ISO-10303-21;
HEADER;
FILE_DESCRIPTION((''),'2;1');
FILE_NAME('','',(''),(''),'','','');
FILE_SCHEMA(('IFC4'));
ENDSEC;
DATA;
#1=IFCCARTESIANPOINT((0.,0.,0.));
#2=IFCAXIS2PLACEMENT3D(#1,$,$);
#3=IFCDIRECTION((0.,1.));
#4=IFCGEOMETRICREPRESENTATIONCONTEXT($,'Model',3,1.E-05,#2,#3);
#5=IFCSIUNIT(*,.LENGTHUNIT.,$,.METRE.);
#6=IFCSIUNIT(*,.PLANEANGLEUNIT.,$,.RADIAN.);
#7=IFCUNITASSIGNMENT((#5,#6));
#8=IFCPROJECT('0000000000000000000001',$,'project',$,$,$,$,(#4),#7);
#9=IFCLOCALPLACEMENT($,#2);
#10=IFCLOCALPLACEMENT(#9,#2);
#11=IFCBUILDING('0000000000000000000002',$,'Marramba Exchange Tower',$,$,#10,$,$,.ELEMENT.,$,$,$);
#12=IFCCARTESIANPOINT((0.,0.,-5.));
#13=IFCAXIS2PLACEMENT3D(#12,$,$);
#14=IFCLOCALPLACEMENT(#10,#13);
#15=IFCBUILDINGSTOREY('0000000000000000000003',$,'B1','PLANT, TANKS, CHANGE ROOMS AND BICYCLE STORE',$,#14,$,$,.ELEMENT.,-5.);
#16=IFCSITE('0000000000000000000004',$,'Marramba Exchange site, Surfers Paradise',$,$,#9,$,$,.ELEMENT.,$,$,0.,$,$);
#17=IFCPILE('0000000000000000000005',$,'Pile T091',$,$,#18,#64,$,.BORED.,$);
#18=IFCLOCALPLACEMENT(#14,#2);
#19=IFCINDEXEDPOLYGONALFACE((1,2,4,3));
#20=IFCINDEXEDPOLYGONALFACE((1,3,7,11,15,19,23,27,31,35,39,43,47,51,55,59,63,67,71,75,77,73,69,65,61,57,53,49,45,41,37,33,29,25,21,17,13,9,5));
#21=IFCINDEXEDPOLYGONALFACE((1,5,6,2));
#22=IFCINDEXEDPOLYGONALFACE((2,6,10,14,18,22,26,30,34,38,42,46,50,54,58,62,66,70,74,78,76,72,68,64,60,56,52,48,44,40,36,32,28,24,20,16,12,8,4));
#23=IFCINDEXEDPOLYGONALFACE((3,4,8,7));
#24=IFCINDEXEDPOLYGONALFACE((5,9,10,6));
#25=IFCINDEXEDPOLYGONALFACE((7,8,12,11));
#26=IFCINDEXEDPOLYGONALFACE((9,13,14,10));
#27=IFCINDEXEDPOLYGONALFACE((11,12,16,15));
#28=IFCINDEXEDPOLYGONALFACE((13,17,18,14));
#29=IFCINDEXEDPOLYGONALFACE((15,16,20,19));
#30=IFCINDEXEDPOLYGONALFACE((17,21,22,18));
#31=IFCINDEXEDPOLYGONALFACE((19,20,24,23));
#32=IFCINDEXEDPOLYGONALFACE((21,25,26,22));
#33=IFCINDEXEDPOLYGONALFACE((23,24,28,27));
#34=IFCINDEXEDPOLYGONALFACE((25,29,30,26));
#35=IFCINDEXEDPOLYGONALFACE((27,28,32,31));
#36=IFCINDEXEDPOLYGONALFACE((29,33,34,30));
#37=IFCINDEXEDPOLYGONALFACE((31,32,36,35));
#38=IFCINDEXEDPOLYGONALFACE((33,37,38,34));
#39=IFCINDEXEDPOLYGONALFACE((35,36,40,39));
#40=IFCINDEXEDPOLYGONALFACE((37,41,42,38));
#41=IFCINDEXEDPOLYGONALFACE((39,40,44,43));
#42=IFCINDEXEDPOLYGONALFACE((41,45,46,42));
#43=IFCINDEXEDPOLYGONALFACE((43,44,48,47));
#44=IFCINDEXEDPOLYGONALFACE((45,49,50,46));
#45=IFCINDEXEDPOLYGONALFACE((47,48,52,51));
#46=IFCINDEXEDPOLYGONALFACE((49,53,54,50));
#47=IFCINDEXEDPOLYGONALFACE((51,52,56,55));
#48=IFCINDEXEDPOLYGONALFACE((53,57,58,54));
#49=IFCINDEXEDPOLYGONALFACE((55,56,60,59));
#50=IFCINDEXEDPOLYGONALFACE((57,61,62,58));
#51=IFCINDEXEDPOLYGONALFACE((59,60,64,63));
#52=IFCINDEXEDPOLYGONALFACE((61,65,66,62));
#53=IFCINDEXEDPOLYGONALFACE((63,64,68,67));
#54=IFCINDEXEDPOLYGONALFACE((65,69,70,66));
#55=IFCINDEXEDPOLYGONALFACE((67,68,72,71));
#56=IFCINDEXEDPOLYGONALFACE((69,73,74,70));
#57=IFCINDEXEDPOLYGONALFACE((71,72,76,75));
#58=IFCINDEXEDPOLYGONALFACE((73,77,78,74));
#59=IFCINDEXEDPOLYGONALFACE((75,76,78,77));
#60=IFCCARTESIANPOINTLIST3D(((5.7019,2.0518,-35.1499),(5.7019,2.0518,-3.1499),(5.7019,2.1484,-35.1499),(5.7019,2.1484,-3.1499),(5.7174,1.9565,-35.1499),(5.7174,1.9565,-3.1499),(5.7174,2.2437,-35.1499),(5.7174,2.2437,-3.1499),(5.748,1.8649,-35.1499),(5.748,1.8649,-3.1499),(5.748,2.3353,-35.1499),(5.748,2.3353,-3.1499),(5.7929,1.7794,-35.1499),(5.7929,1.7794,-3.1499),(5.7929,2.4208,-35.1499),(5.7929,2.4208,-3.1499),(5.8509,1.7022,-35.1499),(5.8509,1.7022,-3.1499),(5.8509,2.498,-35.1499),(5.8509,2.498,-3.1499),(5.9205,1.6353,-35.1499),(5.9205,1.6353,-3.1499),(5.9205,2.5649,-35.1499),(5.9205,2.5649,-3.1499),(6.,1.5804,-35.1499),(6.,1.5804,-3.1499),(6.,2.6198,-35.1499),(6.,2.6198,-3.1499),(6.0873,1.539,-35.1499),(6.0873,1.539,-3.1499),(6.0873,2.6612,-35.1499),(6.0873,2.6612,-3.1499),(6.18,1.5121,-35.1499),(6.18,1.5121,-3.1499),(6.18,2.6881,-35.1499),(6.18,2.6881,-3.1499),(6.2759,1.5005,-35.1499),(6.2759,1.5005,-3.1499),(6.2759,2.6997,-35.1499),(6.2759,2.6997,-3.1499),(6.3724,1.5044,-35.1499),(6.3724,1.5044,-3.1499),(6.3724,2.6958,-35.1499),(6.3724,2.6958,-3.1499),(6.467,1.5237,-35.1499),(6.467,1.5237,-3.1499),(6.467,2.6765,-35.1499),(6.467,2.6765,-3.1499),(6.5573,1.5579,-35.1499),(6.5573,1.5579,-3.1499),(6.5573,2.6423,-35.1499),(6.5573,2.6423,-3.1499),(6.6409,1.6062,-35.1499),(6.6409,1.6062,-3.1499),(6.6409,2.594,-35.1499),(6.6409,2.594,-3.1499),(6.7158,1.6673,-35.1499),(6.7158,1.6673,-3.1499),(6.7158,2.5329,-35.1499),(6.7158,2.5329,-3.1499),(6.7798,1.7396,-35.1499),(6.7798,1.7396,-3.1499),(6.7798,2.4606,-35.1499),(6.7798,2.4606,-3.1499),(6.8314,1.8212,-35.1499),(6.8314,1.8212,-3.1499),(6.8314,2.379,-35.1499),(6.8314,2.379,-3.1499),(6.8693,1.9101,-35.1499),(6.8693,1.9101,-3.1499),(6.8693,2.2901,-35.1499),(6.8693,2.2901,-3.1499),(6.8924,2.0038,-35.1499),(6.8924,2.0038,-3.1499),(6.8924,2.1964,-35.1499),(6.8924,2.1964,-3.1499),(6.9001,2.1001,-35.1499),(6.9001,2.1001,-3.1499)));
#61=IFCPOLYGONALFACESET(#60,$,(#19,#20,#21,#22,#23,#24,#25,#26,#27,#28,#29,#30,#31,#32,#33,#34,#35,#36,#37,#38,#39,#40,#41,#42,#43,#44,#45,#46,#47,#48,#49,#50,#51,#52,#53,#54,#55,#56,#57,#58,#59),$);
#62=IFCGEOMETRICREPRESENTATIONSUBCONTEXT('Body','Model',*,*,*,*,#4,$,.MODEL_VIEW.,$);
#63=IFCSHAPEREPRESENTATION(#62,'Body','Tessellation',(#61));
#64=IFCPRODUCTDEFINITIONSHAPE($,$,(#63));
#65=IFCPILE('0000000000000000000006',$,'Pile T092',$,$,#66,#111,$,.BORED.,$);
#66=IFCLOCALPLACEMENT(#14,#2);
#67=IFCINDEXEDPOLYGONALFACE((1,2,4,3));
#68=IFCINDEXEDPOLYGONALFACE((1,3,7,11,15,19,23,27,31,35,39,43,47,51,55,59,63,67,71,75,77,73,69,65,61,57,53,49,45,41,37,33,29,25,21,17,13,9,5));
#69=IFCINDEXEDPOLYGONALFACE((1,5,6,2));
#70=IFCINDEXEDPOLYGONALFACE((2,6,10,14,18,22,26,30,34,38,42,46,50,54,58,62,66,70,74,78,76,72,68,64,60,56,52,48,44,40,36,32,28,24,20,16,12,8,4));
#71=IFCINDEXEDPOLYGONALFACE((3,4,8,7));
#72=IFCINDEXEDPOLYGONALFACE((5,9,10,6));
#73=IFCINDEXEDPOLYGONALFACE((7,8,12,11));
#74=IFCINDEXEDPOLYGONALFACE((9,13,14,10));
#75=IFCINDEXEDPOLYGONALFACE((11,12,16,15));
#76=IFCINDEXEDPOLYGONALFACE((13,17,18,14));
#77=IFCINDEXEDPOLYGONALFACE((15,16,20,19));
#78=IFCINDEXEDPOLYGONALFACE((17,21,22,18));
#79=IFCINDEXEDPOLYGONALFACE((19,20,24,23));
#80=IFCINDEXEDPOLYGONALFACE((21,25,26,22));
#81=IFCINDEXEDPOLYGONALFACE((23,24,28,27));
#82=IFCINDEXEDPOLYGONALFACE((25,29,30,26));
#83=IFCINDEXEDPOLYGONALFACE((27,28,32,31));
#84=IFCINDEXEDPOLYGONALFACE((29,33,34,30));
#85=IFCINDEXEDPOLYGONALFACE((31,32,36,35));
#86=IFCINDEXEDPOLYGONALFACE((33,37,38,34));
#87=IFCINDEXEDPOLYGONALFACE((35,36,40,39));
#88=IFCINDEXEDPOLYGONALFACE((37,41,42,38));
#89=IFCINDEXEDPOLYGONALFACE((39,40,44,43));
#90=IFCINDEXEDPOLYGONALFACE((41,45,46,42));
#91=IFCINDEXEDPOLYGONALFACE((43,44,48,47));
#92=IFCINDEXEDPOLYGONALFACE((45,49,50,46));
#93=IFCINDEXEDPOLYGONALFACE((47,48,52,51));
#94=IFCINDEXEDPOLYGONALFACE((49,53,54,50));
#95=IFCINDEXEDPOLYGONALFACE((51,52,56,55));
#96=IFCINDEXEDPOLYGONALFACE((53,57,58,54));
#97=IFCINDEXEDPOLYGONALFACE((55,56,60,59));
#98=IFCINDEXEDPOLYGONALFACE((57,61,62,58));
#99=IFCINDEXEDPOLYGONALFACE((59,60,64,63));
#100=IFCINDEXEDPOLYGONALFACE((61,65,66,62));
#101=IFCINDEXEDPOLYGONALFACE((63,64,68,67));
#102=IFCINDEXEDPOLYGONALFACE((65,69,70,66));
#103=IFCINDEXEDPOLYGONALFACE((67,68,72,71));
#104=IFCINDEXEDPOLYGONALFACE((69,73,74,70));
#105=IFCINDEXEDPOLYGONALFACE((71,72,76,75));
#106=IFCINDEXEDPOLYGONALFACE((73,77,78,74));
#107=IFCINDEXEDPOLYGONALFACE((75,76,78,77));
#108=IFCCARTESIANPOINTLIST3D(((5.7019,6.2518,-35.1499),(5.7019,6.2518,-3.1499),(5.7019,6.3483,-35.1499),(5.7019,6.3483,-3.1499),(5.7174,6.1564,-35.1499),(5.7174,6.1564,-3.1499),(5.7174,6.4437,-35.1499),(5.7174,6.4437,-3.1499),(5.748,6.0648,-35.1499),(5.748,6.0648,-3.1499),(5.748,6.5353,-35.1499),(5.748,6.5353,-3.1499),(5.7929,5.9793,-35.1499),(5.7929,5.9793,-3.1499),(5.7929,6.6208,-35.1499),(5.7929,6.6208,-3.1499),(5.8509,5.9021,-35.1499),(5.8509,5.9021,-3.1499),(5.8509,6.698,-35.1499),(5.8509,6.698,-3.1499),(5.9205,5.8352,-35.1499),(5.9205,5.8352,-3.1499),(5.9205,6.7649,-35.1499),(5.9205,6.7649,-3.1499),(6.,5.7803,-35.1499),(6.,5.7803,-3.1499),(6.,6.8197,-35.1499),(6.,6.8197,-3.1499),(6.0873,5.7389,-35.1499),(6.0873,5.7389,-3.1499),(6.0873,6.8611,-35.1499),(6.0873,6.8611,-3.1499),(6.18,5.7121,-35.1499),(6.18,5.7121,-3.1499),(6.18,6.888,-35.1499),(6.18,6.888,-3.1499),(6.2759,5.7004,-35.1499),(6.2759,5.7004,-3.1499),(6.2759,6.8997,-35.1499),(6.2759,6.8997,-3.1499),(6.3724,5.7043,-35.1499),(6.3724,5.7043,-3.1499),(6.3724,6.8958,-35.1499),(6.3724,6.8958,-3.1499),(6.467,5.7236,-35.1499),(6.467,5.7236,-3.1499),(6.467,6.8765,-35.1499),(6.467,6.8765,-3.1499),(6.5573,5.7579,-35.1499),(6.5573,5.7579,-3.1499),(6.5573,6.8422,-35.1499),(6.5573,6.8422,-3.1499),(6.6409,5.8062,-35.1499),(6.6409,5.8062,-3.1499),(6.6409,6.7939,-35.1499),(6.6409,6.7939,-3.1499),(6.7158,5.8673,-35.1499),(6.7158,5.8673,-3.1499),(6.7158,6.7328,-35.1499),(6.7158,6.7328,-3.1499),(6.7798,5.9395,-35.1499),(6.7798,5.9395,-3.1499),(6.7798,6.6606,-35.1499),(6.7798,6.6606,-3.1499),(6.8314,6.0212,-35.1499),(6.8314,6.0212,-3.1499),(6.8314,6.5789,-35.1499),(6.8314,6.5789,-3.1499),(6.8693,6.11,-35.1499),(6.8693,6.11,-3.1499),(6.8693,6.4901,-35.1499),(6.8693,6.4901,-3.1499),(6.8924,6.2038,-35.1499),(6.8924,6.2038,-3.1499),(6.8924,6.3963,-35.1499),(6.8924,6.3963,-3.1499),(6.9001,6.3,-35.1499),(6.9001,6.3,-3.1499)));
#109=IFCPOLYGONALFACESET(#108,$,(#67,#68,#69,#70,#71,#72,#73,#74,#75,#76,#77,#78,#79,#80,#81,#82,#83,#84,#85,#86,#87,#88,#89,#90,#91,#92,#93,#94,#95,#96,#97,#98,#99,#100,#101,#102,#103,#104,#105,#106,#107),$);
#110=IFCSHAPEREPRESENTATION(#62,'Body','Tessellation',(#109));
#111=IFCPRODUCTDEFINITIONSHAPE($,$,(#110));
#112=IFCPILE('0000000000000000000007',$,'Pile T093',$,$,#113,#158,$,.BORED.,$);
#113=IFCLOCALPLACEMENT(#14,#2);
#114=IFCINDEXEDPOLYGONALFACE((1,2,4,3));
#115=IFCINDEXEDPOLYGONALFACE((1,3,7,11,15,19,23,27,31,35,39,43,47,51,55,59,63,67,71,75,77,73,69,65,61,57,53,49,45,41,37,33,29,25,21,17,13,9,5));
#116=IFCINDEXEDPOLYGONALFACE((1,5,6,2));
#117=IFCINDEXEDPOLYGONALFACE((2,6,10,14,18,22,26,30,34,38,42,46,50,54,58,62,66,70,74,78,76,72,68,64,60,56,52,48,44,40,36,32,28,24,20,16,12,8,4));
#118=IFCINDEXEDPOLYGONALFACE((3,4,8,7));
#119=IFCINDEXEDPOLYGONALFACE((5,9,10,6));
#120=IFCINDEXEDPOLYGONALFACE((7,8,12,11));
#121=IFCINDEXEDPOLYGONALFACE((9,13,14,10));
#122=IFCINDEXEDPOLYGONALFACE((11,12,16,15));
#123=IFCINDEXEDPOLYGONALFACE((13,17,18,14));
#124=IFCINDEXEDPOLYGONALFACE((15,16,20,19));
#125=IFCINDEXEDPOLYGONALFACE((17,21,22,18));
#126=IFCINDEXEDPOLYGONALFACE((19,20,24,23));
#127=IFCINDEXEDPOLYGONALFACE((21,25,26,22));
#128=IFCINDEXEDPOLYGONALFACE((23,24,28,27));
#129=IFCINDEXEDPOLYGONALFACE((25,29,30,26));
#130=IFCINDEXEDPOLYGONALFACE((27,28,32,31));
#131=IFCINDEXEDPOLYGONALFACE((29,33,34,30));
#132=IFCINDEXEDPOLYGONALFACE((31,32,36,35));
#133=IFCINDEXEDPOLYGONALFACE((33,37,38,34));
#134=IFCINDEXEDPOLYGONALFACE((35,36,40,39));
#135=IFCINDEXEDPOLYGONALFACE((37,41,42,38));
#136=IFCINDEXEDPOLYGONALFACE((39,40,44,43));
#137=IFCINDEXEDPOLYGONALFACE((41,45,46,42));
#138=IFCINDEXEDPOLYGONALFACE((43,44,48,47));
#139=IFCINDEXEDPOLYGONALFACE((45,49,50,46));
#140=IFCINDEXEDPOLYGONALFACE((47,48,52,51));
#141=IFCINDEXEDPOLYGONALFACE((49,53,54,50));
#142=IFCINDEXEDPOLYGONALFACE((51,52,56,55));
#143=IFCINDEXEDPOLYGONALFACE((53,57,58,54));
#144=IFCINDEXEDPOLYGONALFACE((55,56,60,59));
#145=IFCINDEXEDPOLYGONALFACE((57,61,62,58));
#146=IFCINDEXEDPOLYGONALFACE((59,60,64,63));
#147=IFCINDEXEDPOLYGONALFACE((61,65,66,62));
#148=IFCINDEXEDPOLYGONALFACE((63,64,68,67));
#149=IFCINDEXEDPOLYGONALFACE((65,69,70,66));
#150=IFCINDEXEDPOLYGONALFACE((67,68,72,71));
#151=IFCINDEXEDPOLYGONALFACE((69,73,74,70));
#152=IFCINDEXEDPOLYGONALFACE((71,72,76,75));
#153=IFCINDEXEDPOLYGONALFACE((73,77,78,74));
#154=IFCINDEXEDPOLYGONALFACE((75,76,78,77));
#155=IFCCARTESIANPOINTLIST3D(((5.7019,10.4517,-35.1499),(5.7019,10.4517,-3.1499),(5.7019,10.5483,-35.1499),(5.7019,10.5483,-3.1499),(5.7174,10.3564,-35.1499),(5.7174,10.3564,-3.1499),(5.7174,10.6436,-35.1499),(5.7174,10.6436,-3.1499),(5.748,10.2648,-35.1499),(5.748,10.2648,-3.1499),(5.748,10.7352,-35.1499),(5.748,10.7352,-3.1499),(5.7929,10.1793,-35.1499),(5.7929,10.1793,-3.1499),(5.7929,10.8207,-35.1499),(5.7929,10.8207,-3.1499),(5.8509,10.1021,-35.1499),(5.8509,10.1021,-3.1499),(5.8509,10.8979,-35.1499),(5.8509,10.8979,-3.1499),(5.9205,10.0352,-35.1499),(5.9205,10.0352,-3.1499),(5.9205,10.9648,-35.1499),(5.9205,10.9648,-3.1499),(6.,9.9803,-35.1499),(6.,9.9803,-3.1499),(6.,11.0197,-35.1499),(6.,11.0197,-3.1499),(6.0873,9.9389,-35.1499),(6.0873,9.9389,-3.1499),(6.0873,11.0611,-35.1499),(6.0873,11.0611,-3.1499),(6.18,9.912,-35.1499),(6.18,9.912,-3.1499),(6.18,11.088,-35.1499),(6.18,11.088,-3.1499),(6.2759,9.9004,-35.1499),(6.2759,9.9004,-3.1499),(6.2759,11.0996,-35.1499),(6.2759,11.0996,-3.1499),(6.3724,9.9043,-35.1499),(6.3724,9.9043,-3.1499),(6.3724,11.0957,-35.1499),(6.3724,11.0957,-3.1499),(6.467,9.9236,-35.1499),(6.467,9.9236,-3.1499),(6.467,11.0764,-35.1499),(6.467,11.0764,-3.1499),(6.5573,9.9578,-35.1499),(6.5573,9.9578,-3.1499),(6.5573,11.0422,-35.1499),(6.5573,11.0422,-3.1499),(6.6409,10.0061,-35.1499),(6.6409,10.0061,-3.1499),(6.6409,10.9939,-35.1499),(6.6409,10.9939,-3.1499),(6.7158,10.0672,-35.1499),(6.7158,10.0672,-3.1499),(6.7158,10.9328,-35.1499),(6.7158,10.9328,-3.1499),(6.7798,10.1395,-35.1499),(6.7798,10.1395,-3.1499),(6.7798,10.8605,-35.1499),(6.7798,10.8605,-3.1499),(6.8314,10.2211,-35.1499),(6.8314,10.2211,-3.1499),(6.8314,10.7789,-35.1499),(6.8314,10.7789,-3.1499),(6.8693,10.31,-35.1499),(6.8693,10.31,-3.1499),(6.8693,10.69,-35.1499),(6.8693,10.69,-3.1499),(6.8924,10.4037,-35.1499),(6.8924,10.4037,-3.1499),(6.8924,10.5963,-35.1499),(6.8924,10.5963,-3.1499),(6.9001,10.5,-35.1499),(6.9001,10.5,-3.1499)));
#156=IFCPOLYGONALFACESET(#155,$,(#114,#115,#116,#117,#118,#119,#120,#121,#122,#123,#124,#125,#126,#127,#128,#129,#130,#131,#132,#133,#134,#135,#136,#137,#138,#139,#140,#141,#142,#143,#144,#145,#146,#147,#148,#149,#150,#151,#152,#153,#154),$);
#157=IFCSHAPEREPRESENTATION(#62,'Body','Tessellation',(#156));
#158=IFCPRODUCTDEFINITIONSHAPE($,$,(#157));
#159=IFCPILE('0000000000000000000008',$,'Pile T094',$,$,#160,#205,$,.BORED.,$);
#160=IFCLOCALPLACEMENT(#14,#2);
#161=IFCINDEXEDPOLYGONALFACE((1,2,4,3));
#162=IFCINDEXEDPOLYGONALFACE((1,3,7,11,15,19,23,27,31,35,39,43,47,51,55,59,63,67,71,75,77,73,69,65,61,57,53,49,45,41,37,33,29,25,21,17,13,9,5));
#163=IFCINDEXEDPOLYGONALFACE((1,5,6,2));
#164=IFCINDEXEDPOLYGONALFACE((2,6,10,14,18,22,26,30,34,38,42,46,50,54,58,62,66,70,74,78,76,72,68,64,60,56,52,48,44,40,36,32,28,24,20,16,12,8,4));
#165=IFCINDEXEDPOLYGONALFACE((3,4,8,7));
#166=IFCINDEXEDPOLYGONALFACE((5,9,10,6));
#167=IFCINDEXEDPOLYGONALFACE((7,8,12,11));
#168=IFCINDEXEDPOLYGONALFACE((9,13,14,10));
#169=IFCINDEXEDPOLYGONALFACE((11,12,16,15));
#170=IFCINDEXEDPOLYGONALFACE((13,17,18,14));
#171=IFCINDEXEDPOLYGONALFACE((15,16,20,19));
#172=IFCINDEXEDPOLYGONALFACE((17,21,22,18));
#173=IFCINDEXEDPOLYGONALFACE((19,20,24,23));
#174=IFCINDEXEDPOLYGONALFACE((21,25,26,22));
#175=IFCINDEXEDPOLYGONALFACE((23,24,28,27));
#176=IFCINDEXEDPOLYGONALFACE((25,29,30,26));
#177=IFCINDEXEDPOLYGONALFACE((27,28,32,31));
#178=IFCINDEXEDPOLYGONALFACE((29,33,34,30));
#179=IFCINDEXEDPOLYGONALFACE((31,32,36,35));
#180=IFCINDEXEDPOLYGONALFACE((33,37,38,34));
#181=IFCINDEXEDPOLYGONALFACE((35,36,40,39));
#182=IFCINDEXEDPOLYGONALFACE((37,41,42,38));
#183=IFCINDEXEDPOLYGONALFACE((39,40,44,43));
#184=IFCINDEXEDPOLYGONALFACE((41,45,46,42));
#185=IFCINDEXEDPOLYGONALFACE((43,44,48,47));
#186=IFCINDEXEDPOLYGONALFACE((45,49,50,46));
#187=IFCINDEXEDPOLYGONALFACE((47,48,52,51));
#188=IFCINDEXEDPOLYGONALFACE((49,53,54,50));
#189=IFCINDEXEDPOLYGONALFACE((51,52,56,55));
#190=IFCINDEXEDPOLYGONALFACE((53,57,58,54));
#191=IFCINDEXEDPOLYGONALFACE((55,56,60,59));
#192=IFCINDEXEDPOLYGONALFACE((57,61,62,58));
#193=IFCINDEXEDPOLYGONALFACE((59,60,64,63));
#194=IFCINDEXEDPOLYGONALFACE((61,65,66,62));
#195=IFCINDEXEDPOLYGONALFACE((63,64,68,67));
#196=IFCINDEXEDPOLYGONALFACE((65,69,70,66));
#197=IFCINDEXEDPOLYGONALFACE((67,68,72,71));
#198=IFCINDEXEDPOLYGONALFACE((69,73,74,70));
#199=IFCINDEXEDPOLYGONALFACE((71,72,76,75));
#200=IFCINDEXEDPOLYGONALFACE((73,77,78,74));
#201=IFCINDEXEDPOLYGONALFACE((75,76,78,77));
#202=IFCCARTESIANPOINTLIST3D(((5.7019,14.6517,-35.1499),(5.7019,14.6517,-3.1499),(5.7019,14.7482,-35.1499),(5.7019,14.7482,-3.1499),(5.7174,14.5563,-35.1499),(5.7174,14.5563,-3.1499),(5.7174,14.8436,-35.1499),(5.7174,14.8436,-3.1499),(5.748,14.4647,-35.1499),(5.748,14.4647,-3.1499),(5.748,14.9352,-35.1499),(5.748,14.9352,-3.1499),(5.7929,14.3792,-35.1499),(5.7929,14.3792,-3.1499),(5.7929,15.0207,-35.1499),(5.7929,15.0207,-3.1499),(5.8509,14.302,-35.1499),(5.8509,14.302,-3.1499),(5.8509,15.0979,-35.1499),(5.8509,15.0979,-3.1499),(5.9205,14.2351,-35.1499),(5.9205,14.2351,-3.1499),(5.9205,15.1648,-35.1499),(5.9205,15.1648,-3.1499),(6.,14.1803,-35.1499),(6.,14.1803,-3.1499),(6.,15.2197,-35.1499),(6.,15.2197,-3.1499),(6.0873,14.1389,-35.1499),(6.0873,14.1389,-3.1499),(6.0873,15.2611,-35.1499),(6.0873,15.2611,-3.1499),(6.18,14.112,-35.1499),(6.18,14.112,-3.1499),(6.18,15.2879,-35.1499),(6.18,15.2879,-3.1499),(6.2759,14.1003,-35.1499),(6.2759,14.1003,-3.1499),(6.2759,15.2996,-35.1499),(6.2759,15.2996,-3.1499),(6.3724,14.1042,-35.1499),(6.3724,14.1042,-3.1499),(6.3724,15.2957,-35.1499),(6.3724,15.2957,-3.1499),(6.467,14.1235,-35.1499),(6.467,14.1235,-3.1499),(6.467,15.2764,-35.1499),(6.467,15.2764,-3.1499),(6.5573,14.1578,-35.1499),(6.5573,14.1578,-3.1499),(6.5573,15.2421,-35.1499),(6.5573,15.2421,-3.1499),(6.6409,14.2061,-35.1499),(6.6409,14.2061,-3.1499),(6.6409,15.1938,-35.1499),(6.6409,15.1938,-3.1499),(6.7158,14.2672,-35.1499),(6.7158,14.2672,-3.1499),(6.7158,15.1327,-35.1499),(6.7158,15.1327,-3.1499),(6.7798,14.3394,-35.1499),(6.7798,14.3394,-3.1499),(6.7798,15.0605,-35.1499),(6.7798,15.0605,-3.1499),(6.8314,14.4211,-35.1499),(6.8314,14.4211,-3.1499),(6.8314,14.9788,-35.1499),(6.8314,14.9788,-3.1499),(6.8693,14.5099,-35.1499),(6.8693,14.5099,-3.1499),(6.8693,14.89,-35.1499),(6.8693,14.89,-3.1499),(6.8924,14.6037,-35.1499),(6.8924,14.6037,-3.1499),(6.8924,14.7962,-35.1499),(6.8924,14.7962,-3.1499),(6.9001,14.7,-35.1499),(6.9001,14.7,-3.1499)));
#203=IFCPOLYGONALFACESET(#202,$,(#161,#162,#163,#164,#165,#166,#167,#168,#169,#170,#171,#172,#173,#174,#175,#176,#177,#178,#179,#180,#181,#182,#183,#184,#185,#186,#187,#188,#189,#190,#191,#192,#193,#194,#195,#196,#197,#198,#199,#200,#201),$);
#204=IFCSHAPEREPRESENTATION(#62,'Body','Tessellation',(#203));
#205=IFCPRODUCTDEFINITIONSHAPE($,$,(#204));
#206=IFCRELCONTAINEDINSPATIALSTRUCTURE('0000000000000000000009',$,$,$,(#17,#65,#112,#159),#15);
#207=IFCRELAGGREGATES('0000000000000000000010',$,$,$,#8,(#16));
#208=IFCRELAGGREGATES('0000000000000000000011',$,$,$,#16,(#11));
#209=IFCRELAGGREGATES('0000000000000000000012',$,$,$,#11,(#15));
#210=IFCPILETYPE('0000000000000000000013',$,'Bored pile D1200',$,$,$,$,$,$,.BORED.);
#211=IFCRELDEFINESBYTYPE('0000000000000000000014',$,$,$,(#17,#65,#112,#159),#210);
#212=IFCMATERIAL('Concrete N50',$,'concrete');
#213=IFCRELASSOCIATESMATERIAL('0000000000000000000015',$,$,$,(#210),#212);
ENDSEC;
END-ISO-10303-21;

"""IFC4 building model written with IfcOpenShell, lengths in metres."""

from ifc_helpers import new_model, si_unit, direction, frame, origin, origin_2d, place, context, subcontext, project, spatial, circle, extrude, material, material_profile, profile_set, type_object, element, save


model = new_model("IFC4")

# Units and contexts
model_context = context("Model", 3, precision=1e-05, world=origin(), true_north=direction((0.0, 1.0)))
body_context = subcontext(model_context, "Body", "Model", "MODEL_VIEW")
ifc_project = project(units=[si_unit("LENGTHUNIT", "METRE"), si_unit("PLANEANGLEUNIT", "RADIAN")], contexts=[model_context])

# Site, building, storey
site_placement = place(None, origin())
site = spatial("IfcSite", under=ifc_project, at=site_placement, Name="Marramba Exchange site, Surfers Paradise", CompositionType="ELEMENT", RefElevation=0.0)
building_placement = place(site_placement, origin())
building = spatial("IfcBuilding", under=site, at=building_placement, Name="Marramba Exchange Tower", CompositionType="ELEMENT")
storey_placement = place(building_placement, frame((0.0, 0.0, -5.0)))
storey = spatial("IfcBuildingStorey", under=building, at=storey_placement, Name="B1", Description="PLANT, TANKS, CHANGE ROOMS AND BICYCLE STORE", CompositionType="ELEMENT", Elevation=-5.0)

# Piles
ifc_material_1 = material(Name="Concrete N50", Category="concrete")
ifc_material_profile = material_profile(ifc_material_1, circle(Radius=0.6001, at=origin_2d()), Name="BP D1200")
ifc_profile_set = profile_set([ifc_material_profile], Name="Concrete N50")
pile_type = type_object("IfcPileType", Name="Bored pile D1200", PredefinedType="BORED", material=ifc_profile_set)
for number, where, z_axis, x_axis, name in (
    (1, (6.3, 2.1001, -3.1499), (0.0, 0.0, -1.0), (1.0, 0.0, 0.0), "Pile T091"),
    (2, (6.3, 6.3, -3.1499), (0.0, 0.0, -1.0), (1.0, 0.0, 0.0), "Pile T092"),
    (3, (6.3, 10.5, -3.1499), (0.0, 0.0, -1.0), (1.0, 0.0, 0.0), "Pile T093"),
    (4, (6.3, 14.7, -3.1499), (0.0, 0.0, -1.0), (1.0, 0.0, 0.0), "Pile T094"),
):
    element("IfcPile", number, at=place(storey_placement, frame(where, z_axis=z_axis, x_axis=x_axis)), inside=storey, type_object=pile_type, Name=name, PredefinedType="BORED", context=body_context, shape_type="SweptSolid", body=[
        extrude(circle(Radius=0.6001, at=origin_2d()), origin(), (0.0, 0.0, 1.0), 32.0),
    ])

save(model, "model.ifc")
